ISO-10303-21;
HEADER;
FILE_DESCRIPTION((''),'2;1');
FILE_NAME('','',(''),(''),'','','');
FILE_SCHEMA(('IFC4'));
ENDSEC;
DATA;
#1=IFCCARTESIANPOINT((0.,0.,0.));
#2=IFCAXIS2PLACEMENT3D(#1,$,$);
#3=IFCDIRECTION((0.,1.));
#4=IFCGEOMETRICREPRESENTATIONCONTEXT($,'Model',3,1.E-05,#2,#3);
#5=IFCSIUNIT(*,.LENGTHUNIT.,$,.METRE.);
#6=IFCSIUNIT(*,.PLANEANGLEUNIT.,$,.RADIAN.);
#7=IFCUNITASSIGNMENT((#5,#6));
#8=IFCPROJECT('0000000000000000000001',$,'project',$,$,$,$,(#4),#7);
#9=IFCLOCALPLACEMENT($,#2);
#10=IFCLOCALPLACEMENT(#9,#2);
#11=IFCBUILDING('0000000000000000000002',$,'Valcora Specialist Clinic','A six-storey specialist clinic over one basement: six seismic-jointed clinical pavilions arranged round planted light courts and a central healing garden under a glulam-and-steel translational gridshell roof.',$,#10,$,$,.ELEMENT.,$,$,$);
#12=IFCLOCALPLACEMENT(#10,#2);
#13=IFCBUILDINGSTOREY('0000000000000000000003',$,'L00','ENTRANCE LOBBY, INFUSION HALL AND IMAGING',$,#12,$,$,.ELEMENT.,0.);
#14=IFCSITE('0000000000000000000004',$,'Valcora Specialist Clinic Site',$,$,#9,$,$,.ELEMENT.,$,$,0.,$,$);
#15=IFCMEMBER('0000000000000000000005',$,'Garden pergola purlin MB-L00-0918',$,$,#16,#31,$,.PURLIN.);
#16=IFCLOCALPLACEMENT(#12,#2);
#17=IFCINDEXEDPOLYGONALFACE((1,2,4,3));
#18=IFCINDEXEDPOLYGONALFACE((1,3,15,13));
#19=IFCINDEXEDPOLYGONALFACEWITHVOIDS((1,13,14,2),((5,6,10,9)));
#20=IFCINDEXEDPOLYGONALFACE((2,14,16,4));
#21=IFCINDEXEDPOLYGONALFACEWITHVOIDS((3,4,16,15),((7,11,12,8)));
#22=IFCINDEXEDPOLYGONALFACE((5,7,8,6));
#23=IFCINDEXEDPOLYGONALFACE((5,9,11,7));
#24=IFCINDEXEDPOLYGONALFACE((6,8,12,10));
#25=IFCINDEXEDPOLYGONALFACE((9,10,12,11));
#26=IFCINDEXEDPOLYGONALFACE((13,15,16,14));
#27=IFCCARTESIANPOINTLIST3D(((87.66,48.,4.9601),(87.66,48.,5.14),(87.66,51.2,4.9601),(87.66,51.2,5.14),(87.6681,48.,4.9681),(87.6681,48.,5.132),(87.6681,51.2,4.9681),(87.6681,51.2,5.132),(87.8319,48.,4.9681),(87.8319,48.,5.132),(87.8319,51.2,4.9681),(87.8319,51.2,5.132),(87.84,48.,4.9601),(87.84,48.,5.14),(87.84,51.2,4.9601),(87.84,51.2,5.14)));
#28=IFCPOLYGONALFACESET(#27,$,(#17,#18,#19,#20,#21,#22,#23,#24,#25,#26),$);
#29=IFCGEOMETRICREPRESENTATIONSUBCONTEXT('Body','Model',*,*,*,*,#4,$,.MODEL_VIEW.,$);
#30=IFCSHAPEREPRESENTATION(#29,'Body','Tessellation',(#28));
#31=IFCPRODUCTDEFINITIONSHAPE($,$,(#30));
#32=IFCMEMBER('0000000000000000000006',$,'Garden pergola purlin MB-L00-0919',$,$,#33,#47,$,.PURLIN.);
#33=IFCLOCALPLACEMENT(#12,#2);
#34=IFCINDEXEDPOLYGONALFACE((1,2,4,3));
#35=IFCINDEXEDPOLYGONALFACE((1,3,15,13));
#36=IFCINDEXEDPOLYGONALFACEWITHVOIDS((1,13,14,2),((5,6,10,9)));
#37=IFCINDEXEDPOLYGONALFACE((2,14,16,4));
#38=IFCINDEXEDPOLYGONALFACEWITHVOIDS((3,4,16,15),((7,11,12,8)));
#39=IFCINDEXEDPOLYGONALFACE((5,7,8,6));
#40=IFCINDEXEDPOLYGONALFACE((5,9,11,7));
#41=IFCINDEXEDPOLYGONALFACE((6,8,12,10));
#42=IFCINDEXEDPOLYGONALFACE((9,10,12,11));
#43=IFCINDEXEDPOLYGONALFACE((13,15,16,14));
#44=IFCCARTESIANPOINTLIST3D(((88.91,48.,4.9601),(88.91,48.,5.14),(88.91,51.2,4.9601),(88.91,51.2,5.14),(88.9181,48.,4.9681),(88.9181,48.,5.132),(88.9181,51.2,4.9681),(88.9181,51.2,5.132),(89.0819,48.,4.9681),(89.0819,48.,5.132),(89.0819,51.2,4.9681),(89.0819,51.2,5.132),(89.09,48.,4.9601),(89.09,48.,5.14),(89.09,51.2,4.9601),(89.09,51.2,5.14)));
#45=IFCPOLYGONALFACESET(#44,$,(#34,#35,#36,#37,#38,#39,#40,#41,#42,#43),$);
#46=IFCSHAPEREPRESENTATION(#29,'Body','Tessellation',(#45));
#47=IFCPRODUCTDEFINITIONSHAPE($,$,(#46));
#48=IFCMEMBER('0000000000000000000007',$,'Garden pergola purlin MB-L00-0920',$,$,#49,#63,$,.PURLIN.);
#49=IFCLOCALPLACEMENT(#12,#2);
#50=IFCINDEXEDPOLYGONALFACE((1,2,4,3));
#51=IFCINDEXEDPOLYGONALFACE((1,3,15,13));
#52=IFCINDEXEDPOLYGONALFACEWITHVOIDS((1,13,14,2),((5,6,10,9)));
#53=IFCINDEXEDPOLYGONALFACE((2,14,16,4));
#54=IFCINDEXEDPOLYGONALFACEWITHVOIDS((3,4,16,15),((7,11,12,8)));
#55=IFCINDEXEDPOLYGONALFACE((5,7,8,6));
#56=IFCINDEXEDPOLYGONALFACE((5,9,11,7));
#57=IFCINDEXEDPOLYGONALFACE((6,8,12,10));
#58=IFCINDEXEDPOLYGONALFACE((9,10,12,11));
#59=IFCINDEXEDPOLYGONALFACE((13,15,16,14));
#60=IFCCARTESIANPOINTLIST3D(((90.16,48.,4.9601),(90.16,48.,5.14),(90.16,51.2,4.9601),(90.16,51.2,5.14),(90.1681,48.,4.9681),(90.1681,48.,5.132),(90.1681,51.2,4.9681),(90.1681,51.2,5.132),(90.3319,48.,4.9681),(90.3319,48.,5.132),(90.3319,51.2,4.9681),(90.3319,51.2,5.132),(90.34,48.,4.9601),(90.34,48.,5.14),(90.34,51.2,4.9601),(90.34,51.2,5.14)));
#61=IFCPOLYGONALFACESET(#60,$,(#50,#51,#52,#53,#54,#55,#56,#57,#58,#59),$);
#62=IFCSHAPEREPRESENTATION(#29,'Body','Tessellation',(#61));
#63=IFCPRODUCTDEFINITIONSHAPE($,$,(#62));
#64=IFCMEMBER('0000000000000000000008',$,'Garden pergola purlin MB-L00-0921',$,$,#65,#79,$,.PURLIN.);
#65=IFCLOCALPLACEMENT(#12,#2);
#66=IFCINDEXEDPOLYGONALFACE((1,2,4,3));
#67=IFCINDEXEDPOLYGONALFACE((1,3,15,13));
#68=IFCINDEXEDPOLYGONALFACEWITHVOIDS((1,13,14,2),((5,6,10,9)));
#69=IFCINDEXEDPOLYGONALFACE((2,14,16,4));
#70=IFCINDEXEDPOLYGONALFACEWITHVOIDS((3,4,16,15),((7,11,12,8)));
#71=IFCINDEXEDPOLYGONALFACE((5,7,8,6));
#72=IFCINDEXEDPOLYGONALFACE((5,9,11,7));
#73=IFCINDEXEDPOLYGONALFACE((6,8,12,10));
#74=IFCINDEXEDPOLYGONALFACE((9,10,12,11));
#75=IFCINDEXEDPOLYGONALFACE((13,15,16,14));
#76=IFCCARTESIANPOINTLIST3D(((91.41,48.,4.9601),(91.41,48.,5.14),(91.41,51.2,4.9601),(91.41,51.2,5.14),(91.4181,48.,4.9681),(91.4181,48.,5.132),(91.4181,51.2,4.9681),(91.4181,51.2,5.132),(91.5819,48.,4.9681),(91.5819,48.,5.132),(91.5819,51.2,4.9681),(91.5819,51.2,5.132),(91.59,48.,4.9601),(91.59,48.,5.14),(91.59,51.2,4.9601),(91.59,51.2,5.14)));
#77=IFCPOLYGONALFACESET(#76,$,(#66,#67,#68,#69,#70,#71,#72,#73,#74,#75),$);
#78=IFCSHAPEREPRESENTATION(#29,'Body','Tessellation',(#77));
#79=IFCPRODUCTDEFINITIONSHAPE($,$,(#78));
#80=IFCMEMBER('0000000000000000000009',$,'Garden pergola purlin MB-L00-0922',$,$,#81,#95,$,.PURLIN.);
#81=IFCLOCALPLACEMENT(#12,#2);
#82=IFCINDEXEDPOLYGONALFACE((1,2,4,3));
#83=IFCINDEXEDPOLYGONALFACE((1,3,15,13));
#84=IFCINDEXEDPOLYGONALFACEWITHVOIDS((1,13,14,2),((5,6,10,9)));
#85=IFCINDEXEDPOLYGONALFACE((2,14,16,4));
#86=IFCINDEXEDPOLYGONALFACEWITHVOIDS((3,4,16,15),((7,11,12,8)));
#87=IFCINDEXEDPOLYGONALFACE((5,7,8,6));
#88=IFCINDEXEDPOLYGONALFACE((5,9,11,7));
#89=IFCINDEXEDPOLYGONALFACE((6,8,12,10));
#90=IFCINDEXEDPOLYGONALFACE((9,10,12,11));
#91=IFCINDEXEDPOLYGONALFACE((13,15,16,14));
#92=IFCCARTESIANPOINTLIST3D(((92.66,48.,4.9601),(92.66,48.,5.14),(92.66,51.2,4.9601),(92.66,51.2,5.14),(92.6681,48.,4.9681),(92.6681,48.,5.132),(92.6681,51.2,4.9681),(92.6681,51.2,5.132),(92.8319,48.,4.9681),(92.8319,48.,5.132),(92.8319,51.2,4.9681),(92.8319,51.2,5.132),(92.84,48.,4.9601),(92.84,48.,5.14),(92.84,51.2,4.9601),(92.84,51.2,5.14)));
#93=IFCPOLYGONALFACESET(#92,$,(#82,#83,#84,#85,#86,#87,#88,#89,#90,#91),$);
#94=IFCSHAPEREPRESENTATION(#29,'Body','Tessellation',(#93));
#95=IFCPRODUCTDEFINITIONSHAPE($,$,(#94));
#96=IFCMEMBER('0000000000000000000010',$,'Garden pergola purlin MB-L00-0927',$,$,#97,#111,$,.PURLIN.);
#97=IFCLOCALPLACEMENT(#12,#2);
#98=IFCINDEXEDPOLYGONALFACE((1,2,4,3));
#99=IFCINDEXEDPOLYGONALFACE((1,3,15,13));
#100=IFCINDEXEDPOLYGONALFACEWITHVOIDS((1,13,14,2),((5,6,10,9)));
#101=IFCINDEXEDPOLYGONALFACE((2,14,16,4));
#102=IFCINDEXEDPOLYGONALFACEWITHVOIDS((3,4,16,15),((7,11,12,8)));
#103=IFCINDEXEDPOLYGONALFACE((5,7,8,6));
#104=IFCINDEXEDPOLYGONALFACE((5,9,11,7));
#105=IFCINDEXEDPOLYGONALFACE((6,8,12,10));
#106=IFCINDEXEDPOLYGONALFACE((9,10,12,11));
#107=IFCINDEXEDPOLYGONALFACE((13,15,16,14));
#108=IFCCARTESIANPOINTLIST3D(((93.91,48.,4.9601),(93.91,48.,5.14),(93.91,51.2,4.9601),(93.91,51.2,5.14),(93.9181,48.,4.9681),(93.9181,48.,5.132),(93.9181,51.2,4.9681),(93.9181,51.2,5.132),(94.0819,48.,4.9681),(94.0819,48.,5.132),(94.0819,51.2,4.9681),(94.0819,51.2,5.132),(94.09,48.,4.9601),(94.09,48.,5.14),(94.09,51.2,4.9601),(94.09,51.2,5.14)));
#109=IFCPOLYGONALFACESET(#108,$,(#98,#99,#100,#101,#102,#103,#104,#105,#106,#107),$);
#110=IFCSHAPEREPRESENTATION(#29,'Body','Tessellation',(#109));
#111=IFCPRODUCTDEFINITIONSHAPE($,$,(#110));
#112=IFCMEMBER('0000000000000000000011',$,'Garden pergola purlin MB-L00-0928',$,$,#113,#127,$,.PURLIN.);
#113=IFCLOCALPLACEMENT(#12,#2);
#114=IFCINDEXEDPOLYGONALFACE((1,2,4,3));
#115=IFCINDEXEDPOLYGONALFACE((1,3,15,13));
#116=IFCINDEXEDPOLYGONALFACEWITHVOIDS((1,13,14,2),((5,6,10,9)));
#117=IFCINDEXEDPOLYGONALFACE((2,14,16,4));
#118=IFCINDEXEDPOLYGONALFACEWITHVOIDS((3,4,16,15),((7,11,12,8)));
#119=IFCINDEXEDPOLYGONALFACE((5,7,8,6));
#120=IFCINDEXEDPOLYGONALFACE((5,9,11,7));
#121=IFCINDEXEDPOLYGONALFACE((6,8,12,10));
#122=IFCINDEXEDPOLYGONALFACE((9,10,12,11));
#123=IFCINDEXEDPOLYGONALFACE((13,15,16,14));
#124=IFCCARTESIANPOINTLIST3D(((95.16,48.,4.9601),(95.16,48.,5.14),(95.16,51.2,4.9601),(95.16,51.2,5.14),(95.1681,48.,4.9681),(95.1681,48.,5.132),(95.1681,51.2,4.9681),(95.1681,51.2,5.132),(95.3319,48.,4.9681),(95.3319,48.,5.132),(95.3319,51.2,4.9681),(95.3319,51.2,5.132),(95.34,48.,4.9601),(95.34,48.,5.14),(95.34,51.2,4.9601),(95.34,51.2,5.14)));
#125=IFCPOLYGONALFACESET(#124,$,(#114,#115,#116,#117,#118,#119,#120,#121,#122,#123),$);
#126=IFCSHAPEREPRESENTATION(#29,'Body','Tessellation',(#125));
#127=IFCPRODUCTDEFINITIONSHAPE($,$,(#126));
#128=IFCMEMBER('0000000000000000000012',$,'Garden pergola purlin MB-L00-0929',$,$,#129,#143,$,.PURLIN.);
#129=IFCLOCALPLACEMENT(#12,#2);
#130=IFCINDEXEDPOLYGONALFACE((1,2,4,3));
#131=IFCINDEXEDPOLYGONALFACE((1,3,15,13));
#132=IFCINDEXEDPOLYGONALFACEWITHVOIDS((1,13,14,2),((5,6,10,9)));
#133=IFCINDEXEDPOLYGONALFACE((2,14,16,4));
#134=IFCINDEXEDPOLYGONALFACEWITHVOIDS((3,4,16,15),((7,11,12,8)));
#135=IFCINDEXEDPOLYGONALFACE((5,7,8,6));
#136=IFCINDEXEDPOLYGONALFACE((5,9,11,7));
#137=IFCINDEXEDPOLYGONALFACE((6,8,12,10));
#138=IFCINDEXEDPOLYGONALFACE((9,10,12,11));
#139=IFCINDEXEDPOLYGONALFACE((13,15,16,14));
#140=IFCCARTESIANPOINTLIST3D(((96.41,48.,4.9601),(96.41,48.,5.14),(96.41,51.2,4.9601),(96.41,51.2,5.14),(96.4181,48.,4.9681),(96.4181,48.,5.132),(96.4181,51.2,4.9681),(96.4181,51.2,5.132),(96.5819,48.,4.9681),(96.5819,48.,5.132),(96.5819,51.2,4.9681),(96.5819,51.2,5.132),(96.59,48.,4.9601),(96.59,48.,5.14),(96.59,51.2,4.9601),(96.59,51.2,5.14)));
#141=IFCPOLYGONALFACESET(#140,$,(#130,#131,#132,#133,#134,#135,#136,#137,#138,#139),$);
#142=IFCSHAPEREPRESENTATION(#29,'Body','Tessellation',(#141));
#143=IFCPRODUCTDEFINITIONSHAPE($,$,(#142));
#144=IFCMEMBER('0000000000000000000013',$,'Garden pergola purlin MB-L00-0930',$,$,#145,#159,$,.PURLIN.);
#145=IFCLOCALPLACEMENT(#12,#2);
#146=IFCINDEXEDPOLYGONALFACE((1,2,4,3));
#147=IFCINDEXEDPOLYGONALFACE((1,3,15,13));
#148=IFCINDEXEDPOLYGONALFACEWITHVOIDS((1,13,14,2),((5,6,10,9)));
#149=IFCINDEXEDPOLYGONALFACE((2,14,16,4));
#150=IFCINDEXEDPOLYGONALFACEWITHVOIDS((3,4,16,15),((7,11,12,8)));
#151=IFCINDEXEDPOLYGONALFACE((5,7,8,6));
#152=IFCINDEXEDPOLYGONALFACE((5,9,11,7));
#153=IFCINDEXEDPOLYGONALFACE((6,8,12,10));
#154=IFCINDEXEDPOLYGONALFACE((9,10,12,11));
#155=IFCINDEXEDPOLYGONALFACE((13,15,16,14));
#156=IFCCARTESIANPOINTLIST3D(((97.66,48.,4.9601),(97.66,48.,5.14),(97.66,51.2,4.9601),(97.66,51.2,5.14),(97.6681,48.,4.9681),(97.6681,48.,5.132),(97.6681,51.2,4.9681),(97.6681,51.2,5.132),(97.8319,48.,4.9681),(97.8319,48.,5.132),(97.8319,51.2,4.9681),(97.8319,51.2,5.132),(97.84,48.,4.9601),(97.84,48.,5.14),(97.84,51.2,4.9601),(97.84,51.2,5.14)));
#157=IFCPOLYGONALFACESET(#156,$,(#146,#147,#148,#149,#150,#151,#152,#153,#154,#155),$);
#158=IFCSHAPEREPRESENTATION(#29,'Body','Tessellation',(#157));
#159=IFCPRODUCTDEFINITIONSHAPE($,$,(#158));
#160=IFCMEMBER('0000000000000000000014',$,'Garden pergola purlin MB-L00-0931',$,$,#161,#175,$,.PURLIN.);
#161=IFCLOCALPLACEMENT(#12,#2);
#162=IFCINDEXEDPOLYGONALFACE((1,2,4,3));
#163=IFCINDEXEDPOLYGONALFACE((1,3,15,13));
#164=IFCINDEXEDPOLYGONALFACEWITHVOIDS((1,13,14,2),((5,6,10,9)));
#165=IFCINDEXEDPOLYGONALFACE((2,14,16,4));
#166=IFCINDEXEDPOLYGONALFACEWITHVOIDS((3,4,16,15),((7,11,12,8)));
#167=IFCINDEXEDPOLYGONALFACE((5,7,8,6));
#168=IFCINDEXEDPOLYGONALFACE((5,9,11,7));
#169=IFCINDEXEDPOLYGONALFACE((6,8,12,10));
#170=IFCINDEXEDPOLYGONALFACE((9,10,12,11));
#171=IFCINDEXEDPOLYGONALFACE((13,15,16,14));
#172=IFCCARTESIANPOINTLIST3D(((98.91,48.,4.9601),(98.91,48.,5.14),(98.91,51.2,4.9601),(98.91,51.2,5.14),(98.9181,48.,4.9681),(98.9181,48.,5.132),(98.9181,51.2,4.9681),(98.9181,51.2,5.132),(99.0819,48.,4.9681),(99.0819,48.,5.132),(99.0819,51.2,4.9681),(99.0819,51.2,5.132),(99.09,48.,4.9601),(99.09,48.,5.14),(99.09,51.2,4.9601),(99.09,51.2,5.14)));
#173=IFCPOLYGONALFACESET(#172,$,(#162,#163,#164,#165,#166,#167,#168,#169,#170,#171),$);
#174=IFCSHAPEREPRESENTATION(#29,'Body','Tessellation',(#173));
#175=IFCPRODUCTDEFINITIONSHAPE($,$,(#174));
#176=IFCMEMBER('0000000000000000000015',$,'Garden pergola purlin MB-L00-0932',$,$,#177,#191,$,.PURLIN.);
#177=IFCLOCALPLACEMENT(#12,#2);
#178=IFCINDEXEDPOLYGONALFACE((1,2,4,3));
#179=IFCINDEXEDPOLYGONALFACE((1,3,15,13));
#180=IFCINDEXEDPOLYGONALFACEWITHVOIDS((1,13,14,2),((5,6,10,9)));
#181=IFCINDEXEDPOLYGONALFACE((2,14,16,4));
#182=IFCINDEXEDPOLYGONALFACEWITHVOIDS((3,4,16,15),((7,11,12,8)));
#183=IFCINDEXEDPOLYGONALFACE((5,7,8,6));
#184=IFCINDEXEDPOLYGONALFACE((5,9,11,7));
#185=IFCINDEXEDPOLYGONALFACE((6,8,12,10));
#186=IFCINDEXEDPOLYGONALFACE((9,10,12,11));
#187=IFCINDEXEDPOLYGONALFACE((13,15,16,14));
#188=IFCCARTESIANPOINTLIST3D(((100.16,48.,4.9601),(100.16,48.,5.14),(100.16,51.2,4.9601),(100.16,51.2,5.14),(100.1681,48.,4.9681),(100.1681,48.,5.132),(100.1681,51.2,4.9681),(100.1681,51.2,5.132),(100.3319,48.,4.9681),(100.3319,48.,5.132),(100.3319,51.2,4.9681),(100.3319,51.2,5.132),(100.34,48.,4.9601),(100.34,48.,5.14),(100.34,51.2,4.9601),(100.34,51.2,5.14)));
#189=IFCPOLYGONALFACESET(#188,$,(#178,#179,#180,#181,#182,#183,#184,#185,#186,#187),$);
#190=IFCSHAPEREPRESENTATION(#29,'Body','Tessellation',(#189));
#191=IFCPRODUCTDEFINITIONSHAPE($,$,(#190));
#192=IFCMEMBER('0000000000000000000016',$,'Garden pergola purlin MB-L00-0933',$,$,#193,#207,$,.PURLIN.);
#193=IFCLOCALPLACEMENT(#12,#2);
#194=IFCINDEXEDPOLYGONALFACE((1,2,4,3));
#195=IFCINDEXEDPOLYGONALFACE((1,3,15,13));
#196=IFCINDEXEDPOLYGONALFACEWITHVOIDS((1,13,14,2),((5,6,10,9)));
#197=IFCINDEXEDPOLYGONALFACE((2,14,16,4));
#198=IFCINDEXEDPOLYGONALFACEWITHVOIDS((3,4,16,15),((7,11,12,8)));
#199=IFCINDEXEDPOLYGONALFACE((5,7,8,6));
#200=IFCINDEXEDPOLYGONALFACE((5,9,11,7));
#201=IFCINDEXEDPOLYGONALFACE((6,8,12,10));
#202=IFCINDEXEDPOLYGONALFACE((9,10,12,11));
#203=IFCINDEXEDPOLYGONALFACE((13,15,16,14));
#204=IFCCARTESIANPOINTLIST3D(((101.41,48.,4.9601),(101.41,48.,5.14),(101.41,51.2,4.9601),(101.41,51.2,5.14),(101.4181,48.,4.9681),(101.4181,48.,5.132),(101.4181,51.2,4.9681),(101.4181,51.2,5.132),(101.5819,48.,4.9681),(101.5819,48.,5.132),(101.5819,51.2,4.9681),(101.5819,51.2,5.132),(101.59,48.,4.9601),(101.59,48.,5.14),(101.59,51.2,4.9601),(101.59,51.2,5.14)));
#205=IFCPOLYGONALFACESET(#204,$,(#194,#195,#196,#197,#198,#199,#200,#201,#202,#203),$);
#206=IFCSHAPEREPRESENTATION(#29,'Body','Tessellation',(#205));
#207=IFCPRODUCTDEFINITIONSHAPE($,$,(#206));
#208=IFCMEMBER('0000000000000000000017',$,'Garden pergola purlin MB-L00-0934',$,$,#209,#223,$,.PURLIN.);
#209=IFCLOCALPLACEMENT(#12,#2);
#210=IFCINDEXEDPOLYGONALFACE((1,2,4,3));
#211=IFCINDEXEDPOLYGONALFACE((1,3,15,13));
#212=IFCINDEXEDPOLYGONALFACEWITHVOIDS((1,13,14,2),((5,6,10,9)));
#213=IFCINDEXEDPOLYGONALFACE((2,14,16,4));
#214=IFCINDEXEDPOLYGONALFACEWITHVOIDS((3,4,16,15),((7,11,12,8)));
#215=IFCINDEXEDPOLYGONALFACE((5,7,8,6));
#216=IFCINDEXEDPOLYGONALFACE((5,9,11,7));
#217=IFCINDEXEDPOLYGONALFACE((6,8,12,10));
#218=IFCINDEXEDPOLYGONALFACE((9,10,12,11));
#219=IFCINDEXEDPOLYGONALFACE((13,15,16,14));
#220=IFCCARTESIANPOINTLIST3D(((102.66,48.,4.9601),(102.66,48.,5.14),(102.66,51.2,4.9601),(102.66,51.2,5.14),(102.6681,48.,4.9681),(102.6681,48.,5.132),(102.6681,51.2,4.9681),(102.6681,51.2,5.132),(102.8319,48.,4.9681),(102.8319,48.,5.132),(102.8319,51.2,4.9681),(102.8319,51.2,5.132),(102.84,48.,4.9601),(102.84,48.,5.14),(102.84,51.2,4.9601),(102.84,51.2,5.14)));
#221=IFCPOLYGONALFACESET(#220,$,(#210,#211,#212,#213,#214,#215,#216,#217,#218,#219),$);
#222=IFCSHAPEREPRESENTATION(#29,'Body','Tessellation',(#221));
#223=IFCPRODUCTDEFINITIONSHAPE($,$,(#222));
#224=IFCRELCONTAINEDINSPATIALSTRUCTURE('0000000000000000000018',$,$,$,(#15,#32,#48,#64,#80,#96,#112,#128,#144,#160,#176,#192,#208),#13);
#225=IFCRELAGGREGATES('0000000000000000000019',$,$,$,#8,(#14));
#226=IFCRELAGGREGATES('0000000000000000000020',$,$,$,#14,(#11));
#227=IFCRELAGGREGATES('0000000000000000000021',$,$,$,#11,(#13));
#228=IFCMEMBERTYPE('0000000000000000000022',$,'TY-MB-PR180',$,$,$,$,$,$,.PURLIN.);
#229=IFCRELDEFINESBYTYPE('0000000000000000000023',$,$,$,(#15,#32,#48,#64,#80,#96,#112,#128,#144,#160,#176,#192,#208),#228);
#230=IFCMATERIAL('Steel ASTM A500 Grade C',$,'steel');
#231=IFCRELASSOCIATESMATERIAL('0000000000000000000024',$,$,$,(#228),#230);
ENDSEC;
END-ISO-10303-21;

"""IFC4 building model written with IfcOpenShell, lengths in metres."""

from ifc_helpers import new_model, si_unit, direction, frame, origin, origin_2d, place, context, subcontext, project, spatial, hollow_rectangle, extrude, material, material_profile, profile_set, type_object, element, save


model = new_model("IFC4")

# Units and contexts
model_context = context("Model", 3, precision=1e-05, world=origin(), true_north=direction((0.0, 1.0)))
body_context = subcontext(model_context, "Body", "Model", "MODEL_VIEW")
ifc_project = project(units=[si_unit("LENGTHUNIT", "METRE"), si_unit("PLANEANGLEUNIT", "RADIAN")], contexts=[model_context])

# Site, building, storey
site_placement = place(None, origin())
site = spatial("IfcSite", under=ifc_project, at=site_placement, Name="Valcora Specialist Clinic Site", CompositionType="ELEMENT", RefElevation=0.0)
building_placement = place(site_placement, origin())
building = spatial("IfcBuilding", under=site, at=building_placement, Name="Valcora Specialist Clinic", Description="A six-storey specialist clinic over one basement: six seismic-jointed clinical pavilions arranged round planted light courts and a central healing garden under a glulam-and-steel translational gridshell roof.", CompositionType="ELEMENT")
storey_placement = place(building_placement, origin())
storey = spatial("IfcBuildingStorey", under=building, at=storey_placement, Name="L00", Description="ENTRANCE LOBBY, INFUSION HALL AND IMAGING", CompositionType="ELEMENT", Elevation=0.0)

# Members
ifc_material_1 = material(Name="Steel ASTM A500 Grade C", Category="steel")
ifc_material_profile_1 = material_profile(ifc_material_1, hollow_rectangle(XDim=0.1799, YDim=0.1799, WallThickness=0.0081, at=origin_2d()), Name="ST-RHS-180X180X8")
ifc_profile_set_1 = profile_set([ifc_material_profile_1], Name="Steel ASTM A500 Grade C")
member_type_1 = type_object("IfcMemberType", Name="TY-MB-PR180", PredefinedType="PURLIN", material=ifc_profile_set_1)
for number, where, z_axis, x_axis, name in (
    (1, (87.75, 48.0, 5.05), (0.0, 1.0, 0.0), (-1.0, 0.0, 0.0), "Garden pergola purlin MB-L00-0918"),
    (2, (89.0, 48.0, 5.05), (0.0, 1.0, 0.0), (-1.0, 0.0, 0.0), "Garden pergola purlin MB-L00-0919"),
    (3, (90.25, 48.0, 5.05), (0.0, 1.0, 0.0), (-1.0, 0.0, 0.0), "Garden pergola purlin MB-L00-0920"),
    (4, (91.5, 48.0, 5.05), (0.0, 1.0, 0.0), (-1.0, 0.0, 0.0), "Garden pergola purlin MB-L00-0921"),
    (5, (92.75, 48.0, 5.05), (0.0, 1.0, 0.0), (-1.0, 0.0, 0.0), "Garden pergola purlin MB-L00-0922"),
    (6, (94.0, 48.0, 5.05), (0.0, 1.0, 0.0), (-1.0, 0.0, 0.0), "Garden pergola purlin MB-L00-0927"),
    (7, (95.25, 48.0, 5.05), (0.0, 1.0, 0.0), (-1.0, 0.0, 0.0), "Garden pergola purlin MB-L00-0928"),
    (8, (96.5, 48.0, 5.05), (0.0, 1.0, 0.0), (-1.0, 0.0, 0.0), "Garden pergola purlin MB-L00-0929"),
    (9, (97.75, 48.0, 5.05), (0.0, 1.0, 0.0), (-1.0, 0.0, 0.0), "Garden pergola purlin MB-L00-0930"),
    (10, (99.0, 48.0, 5.05), (0.0, 1.0, 0.0), (-1.0, 0.0, 0.0), "Garden pergola purlin MB-L00-0931"),
    (11, (100.25, 48.0, 5.05), (0.0, 1.0, 0.0), (-1.0, 0.0, 0.0), "Garden pergola purlin MB-L00-0932"),
    (12, (101.5, 48.0, 5.05), (0.0, 1.0, 0.0), (-1.0, 0.0, 0.0), "Garden pergola purlin MB-L00-0933"),
    (13, (102.75, 48.0, 5.05), (0.0, 1.0, 0.0), (-1.0, 0.0, 0.0), "Garden pergola purlin MB-L00-0934"),
):
    element("IfcMember", number, at=place(storey_placement, frame(where, z_axis=z_axis, x_axis=x_axis)), inside=storey, type_object=member_type_1, Name=name, PredefinedType="PURLIN", context=body_context, shape_type="SweptSolid", body=[
        extrude(hollow_rectangle(XDim=0.1799, YDim=0.1799, WallThickness=0.0081, at=origin_2d()), origin(), (0.0, 0.0, 1.0), 3.2),
    ])

save(model, "model.ifc")
